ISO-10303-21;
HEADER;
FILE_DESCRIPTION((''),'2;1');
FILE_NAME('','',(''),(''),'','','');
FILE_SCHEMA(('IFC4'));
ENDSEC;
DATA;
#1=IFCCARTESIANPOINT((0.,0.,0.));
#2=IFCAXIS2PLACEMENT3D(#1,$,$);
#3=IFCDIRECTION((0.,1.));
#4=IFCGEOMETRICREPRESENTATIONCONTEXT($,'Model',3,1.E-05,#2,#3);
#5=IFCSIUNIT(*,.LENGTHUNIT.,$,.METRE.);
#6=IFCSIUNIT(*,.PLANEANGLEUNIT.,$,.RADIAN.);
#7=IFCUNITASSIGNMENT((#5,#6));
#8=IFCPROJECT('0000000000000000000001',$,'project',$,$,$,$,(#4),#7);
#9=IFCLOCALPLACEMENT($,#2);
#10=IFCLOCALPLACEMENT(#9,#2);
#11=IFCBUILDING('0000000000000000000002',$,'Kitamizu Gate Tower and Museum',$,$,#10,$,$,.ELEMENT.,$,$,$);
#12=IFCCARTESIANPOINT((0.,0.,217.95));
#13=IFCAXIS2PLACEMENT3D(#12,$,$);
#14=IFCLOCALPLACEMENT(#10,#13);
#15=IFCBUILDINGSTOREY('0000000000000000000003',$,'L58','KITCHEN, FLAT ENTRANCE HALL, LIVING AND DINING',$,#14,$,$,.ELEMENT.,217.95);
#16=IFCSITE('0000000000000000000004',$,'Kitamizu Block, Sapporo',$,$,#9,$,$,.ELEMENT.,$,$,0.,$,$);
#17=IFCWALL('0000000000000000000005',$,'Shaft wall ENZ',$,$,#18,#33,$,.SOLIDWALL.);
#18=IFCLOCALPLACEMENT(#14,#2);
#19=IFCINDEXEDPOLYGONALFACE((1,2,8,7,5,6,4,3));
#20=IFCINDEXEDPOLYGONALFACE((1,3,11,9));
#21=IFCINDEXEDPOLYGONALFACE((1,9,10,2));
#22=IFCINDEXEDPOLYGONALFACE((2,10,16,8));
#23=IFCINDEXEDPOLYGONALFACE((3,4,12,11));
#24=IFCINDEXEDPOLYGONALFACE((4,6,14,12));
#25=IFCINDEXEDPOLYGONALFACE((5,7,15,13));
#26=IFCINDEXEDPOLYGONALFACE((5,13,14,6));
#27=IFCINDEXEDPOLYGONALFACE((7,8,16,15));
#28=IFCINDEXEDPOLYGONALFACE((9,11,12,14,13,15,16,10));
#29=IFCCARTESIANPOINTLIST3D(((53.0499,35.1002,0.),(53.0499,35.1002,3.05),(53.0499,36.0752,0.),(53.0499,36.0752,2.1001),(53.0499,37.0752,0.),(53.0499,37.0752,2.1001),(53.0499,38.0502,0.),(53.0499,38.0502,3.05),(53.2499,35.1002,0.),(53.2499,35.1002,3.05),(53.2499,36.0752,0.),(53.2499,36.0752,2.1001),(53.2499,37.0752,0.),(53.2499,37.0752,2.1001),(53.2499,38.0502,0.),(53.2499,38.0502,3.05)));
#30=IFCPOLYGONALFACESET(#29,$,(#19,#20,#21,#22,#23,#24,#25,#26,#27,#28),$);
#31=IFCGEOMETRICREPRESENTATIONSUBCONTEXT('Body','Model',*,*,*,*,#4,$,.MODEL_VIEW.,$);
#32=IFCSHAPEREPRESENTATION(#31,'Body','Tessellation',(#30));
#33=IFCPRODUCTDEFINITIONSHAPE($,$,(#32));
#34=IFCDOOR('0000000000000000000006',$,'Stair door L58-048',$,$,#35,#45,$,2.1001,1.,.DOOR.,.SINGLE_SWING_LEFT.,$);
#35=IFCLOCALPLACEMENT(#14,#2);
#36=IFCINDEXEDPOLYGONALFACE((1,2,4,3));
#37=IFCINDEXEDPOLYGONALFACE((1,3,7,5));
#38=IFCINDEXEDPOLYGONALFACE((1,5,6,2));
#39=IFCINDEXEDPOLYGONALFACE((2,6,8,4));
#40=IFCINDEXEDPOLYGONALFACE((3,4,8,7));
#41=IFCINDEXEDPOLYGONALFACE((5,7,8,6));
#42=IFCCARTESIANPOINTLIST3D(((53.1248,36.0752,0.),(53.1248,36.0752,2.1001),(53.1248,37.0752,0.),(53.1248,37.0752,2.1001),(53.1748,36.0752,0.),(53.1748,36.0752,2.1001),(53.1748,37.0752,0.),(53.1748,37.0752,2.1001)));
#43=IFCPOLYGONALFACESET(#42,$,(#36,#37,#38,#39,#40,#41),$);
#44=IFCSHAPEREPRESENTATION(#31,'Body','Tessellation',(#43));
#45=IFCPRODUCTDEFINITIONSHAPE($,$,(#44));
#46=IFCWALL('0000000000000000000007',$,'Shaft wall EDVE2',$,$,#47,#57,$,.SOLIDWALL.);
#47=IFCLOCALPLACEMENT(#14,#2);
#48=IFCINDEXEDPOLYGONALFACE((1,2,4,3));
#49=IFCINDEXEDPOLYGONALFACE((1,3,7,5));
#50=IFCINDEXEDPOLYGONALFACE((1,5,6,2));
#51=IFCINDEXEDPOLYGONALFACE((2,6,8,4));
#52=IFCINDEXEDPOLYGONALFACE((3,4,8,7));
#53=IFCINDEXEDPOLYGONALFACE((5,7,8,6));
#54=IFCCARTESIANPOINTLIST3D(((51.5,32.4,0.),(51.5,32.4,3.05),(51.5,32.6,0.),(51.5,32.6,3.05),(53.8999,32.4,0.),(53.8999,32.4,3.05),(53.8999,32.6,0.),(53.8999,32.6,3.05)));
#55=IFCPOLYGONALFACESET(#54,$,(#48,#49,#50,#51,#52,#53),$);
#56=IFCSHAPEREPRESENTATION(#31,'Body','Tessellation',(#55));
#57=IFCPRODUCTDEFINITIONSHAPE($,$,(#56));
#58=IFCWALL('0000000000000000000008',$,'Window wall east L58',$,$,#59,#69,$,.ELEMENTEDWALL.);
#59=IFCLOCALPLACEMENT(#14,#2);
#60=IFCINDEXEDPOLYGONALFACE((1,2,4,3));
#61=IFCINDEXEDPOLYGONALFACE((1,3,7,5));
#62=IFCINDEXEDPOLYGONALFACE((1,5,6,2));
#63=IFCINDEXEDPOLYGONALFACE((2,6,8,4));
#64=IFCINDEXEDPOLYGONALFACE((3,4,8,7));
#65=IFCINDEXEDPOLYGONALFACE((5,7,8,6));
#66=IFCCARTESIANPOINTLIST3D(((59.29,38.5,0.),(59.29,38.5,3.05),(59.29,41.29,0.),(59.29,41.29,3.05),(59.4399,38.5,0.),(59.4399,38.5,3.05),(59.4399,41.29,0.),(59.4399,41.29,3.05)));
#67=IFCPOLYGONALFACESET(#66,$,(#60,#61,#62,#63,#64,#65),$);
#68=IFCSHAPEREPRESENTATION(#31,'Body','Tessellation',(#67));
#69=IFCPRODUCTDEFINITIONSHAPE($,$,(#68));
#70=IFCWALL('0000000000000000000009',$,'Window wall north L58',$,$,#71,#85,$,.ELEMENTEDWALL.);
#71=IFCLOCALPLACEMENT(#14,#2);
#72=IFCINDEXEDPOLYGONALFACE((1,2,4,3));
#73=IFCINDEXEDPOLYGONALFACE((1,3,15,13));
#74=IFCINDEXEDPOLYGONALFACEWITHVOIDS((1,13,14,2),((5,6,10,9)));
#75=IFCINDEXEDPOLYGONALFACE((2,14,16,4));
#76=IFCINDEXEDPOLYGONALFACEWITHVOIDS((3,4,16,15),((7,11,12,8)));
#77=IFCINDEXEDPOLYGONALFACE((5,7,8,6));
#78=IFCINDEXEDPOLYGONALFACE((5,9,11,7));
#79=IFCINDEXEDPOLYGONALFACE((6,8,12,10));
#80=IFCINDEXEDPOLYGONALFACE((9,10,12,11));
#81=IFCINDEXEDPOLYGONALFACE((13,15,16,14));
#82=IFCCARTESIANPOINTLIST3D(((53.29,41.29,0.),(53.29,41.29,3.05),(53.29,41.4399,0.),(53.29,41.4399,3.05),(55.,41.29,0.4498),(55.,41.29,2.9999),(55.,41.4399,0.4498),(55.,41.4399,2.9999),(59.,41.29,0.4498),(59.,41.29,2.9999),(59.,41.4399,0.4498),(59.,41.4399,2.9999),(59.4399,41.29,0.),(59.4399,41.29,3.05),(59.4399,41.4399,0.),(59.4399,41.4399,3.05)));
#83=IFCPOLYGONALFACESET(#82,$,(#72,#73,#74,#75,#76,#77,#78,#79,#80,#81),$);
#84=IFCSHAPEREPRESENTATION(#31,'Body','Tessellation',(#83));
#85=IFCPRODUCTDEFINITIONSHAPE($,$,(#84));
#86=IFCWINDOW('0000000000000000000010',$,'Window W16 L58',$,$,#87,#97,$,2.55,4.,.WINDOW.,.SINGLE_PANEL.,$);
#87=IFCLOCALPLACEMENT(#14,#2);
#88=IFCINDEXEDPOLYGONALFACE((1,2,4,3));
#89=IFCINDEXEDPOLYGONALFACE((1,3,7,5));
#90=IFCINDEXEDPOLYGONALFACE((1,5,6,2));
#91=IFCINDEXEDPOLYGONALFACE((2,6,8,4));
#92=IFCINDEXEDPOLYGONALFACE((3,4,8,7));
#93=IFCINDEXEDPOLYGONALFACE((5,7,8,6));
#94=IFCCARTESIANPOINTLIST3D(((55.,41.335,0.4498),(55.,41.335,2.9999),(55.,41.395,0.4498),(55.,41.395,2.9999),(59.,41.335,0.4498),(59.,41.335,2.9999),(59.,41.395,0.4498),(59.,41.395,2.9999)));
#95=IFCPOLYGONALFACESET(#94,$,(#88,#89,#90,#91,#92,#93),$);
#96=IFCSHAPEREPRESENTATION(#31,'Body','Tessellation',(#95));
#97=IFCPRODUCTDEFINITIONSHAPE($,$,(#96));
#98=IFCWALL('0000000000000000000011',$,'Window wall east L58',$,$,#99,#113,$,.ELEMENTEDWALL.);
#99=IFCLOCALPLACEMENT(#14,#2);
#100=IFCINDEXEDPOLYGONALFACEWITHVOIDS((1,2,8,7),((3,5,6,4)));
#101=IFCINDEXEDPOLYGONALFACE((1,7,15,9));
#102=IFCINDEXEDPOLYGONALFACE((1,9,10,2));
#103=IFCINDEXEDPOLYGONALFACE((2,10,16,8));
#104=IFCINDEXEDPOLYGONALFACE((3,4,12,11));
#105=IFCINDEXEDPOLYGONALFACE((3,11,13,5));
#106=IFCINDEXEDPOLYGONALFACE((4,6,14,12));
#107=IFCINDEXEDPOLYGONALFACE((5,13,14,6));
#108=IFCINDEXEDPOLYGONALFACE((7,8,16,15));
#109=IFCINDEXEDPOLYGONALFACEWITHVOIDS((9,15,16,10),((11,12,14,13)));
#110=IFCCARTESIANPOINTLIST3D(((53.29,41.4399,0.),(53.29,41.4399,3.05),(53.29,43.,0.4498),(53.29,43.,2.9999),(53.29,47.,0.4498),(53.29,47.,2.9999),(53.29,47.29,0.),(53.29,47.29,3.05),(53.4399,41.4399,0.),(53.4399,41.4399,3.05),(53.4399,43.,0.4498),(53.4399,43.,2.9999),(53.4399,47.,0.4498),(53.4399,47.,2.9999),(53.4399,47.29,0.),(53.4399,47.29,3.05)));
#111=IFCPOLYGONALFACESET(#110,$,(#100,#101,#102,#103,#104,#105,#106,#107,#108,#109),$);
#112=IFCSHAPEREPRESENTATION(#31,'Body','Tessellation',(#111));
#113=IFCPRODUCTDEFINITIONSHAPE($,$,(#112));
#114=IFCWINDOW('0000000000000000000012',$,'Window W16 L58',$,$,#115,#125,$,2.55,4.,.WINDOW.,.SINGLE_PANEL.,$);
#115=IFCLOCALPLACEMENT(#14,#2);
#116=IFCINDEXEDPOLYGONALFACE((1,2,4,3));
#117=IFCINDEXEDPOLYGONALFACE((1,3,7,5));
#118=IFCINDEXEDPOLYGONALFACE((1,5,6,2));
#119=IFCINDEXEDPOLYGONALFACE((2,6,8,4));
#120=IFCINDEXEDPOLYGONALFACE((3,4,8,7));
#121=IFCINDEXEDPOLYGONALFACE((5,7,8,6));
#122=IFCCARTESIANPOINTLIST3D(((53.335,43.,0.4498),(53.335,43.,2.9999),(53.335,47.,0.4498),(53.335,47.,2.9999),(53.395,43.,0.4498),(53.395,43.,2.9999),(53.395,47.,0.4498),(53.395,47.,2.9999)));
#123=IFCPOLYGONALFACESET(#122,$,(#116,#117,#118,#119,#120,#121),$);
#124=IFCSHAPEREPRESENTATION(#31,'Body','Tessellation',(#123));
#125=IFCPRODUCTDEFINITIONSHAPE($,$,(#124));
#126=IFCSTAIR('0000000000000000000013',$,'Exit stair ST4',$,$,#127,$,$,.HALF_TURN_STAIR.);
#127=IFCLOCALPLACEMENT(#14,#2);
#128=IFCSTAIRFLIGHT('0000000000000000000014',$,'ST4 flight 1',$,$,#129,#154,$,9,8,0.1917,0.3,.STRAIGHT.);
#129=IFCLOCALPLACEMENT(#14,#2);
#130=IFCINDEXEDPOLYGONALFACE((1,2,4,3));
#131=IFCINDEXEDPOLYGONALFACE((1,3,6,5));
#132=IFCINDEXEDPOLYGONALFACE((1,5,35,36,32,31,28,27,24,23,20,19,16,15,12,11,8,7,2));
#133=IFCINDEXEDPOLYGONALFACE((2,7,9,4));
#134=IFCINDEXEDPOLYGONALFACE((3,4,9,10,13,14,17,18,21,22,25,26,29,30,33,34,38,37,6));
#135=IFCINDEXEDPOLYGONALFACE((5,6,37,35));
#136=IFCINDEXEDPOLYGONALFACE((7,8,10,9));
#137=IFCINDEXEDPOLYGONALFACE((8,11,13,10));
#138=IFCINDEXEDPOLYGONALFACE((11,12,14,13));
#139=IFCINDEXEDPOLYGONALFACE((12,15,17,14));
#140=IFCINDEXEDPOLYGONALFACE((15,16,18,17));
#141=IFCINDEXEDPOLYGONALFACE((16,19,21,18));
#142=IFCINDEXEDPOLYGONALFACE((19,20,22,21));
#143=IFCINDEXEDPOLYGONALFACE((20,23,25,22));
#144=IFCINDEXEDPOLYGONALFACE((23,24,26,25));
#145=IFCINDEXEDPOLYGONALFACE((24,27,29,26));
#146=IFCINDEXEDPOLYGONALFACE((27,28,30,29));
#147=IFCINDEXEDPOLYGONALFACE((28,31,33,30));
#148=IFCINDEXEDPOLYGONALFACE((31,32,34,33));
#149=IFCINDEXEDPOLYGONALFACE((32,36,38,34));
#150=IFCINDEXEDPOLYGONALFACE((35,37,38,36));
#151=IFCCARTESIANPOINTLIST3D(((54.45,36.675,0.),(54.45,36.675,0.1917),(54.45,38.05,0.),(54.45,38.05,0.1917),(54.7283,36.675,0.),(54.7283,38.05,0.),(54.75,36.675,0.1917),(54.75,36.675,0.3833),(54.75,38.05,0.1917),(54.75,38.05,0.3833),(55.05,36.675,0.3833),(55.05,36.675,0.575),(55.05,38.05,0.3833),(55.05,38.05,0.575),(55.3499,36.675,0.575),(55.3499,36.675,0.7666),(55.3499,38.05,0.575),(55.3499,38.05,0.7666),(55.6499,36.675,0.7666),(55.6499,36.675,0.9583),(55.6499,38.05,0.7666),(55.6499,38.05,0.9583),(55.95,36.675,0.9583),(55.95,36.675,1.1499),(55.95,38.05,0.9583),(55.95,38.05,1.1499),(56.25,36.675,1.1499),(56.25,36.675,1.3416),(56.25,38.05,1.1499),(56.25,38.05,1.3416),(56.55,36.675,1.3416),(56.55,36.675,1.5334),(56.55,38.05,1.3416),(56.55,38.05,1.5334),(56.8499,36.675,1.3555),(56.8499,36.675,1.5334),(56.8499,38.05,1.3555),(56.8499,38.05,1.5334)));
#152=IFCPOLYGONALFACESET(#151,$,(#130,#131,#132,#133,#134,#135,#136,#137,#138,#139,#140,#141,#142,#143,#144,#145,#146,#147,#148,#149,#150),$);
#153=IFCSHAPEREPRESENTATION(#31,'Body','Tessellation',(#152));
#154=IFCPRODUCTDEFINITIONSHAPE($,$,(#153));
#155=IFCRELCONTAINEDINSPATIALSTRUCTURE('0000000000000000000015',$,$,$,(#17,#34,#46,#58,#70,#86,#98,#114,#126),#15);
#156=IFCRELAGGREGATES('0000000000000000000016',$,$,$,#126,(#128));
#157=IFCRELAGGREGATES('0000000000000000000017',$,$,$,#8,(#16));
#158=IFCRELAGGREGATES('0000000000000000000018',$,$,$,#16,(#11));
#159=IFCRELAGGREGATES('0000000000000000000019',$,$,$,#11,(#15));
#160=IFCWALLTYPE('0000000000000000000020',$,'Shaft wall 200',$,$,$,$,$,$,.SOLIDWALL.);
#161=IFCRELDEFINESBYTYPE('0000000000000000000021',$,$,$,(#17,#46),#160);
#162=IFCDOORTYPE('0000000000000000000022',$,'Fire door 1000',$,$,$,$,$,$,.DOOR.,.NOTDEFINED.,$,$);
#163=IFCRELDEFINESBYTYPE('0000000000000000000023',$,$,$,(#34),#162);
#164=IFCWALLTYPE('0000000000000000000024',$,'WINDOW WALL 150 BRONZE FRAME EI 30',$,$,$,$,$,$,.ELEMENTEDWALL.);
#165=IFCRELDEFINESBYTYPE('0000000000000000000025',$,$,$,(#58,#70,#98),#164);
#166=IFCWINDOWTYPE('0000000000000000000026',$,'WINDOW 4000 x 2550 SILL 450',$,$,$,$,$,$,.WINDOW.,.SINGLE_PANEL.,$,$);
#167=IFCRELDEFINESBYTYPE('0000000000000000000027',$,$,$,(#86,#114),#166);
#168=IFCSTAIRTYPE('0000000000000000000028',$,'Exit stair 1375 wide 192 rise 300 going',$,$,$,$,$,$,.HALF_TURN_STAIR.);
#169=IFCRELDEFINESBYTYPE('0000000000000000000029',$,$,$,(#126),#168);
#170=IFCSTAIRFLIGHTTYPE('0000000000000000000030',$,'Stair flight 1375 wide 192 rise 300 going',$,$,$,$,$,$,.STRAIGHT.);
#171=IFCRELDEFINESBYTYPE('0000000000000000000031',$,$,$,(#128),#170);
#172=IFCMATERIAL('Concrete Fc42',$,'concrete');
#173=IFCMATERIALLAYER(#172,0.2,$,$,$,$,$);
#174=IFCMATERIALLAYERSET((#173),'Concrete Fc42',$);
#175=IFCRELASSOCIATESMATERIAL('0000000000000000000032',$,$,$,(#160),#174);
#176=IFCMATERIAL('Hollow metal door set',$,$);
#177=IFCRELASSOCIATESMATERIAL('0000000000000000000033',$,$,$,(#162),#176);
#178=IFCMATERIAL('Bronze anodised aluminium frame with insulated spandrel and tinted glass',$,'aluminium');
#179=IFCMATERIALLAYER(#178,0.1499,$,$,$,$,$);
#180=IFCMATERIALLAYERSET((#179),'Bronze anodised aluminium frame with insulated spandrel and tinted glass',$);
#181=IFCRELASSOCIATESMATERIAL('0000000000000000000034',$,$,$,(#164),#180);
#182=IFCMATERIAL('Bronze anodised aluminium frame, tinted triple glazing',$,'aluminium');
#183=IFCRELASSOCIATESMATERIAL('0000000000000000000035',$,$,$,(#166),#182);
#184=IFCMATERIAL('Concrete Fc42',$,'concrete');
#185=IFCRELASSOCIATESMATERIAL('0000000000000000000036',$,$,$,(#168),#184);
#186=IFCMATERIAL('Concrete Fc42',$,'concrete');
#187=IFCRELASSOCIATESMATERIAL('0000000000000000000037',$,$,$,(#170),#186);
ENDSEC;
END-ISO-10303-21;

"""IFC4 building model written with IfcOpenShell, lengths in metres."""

from ifc_helpers import new_model, si_unit, direction, frame, frame_2d, origin, place, context, subcontext, project, spatial, polyline, rectangle, outline, extrude, material, layer, layer_set, type_object, element, fill, aggregate, save


model = new_model("IFC4")

# Units and contexts
model_context = context("Model", 3, precision=1e-05, world=origin(), true_north=direction((0.0, 1.0)))
body_context = subcontext(model_context, "Body", "Model", "MODEL_VIEW")
ifc_project = project(units=[si_unit("LENGTHUNIT", "METRE"), si_unit("PLANEANGLEUNIT", "RADIAN")], contexts=[model_context])

# Site, building, storey
site_placement = place(None, origin())
site = spatial("IfcSite", under=ifc_project, at=site_placement, Name="Kitamizu Block, Sapporo", CompositionType="ELEMENT", RefElevation=0.0)
building_placement = place(site_placement, origin())
building = spatial("IfcBuilding", under=site, at=building_placement, Name="Kitamizu Gate Tower and Museum", CompositionType="ELEMENT")
storey_placement = place(building_placement, frame((0.0, 0.0, 217.95)))
storey = spatial("IfcBuildingStorey", under=building, at=storey_placement, Name="L58", Description="KITCHEN, FLAT ENTRANCE HALL, LIVING AND DINING", CompositionType="ELEMENT", Elevation=217.95)

# Shared definitions
ifc_material_1 = material(Name="Concrete Fc42", Category="concrete")
ifc_layer_1 = layer(ifc_material_1, 0.2)
ifc_layer_set_1 = layer_set([ifc_layer_1], Name="Concrete Fc42")
wall_type_1 = type_object("IfcWallType", Name="Shaft wall 200", PredefinedType="SOLIDWALL", material=ifc_layer_set_1)

# Wall, opening, door
wall_1_placement = place(storey_placement, frame((53.1499, 35.1001, 0.0), z_axis=(0.0, 0.0, 1.0), x_axis=(0.0, 1.0, 0.0)))
wall_1 = element("IfcWall", 1, at=wall_1_placement, inside=storey, type_object=wall_type_1, Name="Shaft wall ENZ", PredefinedType="SOLIDWALL", context=body_context, shape_type="SweptSolid", body=[
    extrude(rectangle(XDim=2.95, YDim=0.2, at=frame_2d((1.4751, 0.0))), origin(), (0.0, 0.0, 1.0), 3.05),
])
opening_1_placement = place(wall_1_placement, frame((0.9751, 0.0, 0.0)))
opening_1 = element("IfcOpeningElement", 2, at=opening_1_placement, cuts=wall_1, PredefinedType="OPENING", context=body_context, shape_type="SweptSolid", body=[
    extrude(rectangle(XDim=1.0, YDim=2.1001, at=frame_2d((0.5, 1.05))), frame((0.0, 0.1099, 0.0), z_axis=(0.0, -1.0, 0.0), x_axis=(1.0, 0.0, 0.0)), (0.0, 0.0, 1.0), 0.22),
])
ifc_material_2 = material(Name="Hollow metal door set")
door_type_1 = type_object("IfcDoorType", Name="Fire door 1000", OperationType="NOTDEFINED", PredefinedType="DOOR", material=ifc_material_2)
door_1_placement = place(opening_1_placement, frame((1.0, 0.0, 0.0), x_axis=(-1.0, 0.0, 0.0)))
door_1 = element("IfcDoor", 3, at=door_1_placement, inside=storey, type_object=door_type_1, Name="Stair door L58-048", OperationType="SINGLE_SWING_LEFT", OverallHeight=2.1001, OverallWidth=1.0, PredefinedType="DOOR", context=body_context, shape_type="SweptSolid", body=[
    extrude(rectangle(XDim=1.0, YDim=2.1001, at=frame_2d((0.5, 1.05))), frame((0.0, 0.0249, 0.0), z_axis=(0.0, -1.0, 0.0), x_axis=(1.0, 0.0, 0.0)), (0.0, 0.0, 1.0), 0.05),
])
fill(opening_1, door_1)

# Walls
wall_2_placement = place(storey_placement, frame((53.8999, 32.5, 0.0), z_axis=(0.0, 0.0, 1.0), x_axis=(-1.0, 0.0, 0.0)))
element("IfcWall", 4, at=wall_2_placement, inside=storey, type_object=wall_type_1, Name="Shaft wall EDVE2", PredefinedType="SOLIDWALL", context=body_context, shape_type="SweptSolid", body=[
    extrude(rectangle(XDim=2.3999, YDim=0.2, at=frame_2d((1.2, 0.0))), origin(), (0.0, 0.0, 1.0), 3.05),
])
ifc_material_3 = material(Name="Bronze anodised aluminium frame with insulated spandrel and tinted glass", Category="aluminium")
ifc_layer_2 = layer(ifc_material_3, 0.1499)
ifc_layer_set_2 = layer_set([ifc_layer_2], Name="Bronze anodised aluminium frame with insulated spandrel and tinted glass")
wall_type_2 = type_object("IfcWallType", Name="WINDOW WALL 150 BRONZE FRAME EI 30", PredefinedType="ELEMENTEDWALL", material=ifc_layer_set_2)
wall_3_placement = place(storey_placement, frame((59.365, 38.5, 0.0), z_axis=(0.0, 0.0, 1.0), x_axis=(0.0, 1.0, 0.0)))
element("IfcWall", 5, at=wall_3_placement, inside=storey, type_object=wall_type_2, Name="Window wall east L58", PredefinedType="ELEMENTEDWALL", context=body_context, shape_type="SweptSolid", body=[
    extrude(rectangle(XDim=2.79, YDim=0.1499, at=frame_2d((1.395, 0.0))), origin(), (0.0, 0.0, 1.0), 3.05),
])

# Walls, openings, windows
wall_4_placement = place(storey_placement, frame((53.29, 41.365, 0.0), z_axis=(0.0, 0.0, 1.0), x_axis=(1.0, 0.0, 0.0)))
wall_4 = element("IfcWall", 6, at=wall_4_placement, inside=storey, type_object=wall_type_2, Name="Window wall north L58", PredefinedType="ELEMENTEDWALL", context=body_context, shape_type="SweptSolid", body=[
    extrude(rectangle(XDim=6.1499, YDim=0.1499, at=frame_2d((3.075, 0.0))), origin(), (0.0, 0.0, 1.0), 3.05),
])
opening_2_placement = place(wall_4_placement, frame((1.71, 0.0, 0.45)))
opening_2 = element("IfcOpeningElement", 7, at=opening_2_placement, cuts=wall_4, PredefinedType="OPENING", context=body_context, shape_type="SweptSolid", body=[
    extrude(rectangle(XDim=4.0, YDim=2.55, at=frame_2d((2.0, 1.2749))), frame((0.0, 0.085, 0.0), z_axis=(0.0, -1.0, 0.0), x_axis=(1.0, 0.0, 0.0)), (0.0, 0.0, 1.0), 0.1699),
])
ifc_material_4 = material(Name="Bronze anodised aluminium frame, tinted triple glazing", Category="aluminium")
window_type = type_object("IfcWindowType", Name="WINDOW 4000 x 2550 SILL 450", PartitioningType="SINGLE_PANEL", PredefinedType="WINDOW", material=ifc_material_4)
window_1_placement = place(opening_2_placement, origin())
window_1 = element("IfcWindow", 8, at=window_1_placement, inside=storey, type_object=window_type, Name="Window W16 L58", OverallHeight=2.55, OverallWidth=4.0, PartitioningType="SINGLE_PANEL", PredefinedType="WINDOW", context=body_context, shape_type="SweptSolid", body=[
    extrude(rectangle(XDim=4.0, YDim=2.55, at=frame_2d((2.0, 1.2749))), frame((0.0, 0.03, 0.0), z_axis=(0.0, -1.0, 0.0), x_axis=(1.0, 0.0, 0.0)), (0.0, 0.0, 1.0), 0.0601),
])
fill(opening_2, window_1)
wall_5_placement = place(storey_placement, frame((53.365, 41.4399, 0.0), z_axis=(0.0, 0.0, 1.0), x_axis=(0.0, 1.0, 0.0)))
wall_5 = element("IfcWall", 9, at=wall_5_placement, inside=storey, type_object=wall_type_2, Name="Window wall east L58", PredefinedType="ELEMENTEDWALL", context=body_context, shape_type="SweptSolid", body=[
    extrude(rectangle(XDim=5.8501, YDim=0.1499, at=frame_2d((2.925, 0.0))), origin(), (0.0, 0.0, 1.0), 3.05),
])
opening_3_placement = place(wall_5_placement, frame((1.5601, 0.0, 0.45)))
opening_3 = element("IfcOpeningElement", 10, at=opening_3_placement, cuts=wall_5, PredefinedType="OPENING", context=body_context, shape_type="SweptSolid", body=[
    extrude(rectangle(XDim=4.0, YDim=2.55, at=frame_2d((2.0, 1.2749))), frame((0.0, 0.085, 0.0), z_axis=(0.0, -1.0, 0.0), x_axis=(1.0, 0.0, 0.0)), (0.0, 0.0, 1.0), 0.1699),
])
window_2_placement = place(opening_3_placement, origin())
window_2 = element("IfcWindow", 11, at=window_2_placement, inside=storey, type_object=window_type, Name="Window W16 L58", OverallHeight=2.55, OverallWidth=4.0, PartitioningType="SINGLE_PANEL", PredefinedType="WINDOW", context=body_context, shape_type="SweptSolid", body=[
    extrude(rectangle(XDim=4.0, YDim=2.55, at=frame_2d((2.0, 1.2749))), frame((0.0, 0.03, 0.0), z_axis=(0.0, -1.0, 0.0), x_axis=(1.0, 0.0, 0.0)), (0.0, 0.0, 1.0), 0.0601),
])
fill(opening_3, window_2)

# Stair, stair flight
ifc_material_5 = material(Name="Concrete Fc42", Category="concrete")
stair_type = type_object("IfcStairType", Name="Exit stair 1375 wide 192 rise 300 going", PredefinedType="HALF_TURN_STAIR", material=ifc_material_5)
stair_placement = place(storey_placement, origin())
stair = element("IfcStair", 12, at=stair_placement, inside=storey, type_object=stair_type, Name="Exit stair ST4", PredefinedType="HALF_TURN_STAIR")
ifc_material_6 = material(Name="Concrete Fc42", Category="concrete")
stair_flight_type = type_object("IfcStairFlightType", Name="Stair flight 1375 wide 192 rise 300 going", PredefinedType="STRAIGHT", material=ifc_material_6)
stair_flight_1_placement = place(storey_placement, frame((54.45, 37.3625, 0.0), z_axis=(0.0, 0.0, 1.0), x_axis=(1.0, 0.0, 0.0)))
stair_flight_1 = element("IfcStairFlight", 13, at=stair_flight_1_placement, type_object=stair_flight_type, Name="ST4 flight 1", NumberOfRisers=9, NumberOfTreads=8, PredefinedType="STRAIGHT", RiserHeight=0.1917, TreadLength=0.3, context=body_context, shape_type="SweptSolid", body=[
    extrude(outline(polyline([(0.0, 0.0), (0.0, 0.1917), (0.3, 0.1917), (0.3, 0.3833), (0.6001, 0.3833), (0.6001, 0.575), (0.8999, 0.575), (0.8999, 0.7666), (1.2, 0.7666), (1.2, 0.9583), (1.5, 0.9583), (1.5, 1.1499), (1.8, 1.1499), (1.8, 1.3416), (2.1001, 1.3416), (2.1001, 1.5334), (2.3999, 1.5334), (2.3999, 1.7251), (2.3999, 1.3555), (0.2783, 0.0), (0.0, 0.0)])), frame((0.0, 0.6875, 0.0), z_axis=(0.0, -1.0, 0.0), x_axis=(1.0, 0.0, 0.0)), (0.0, 0.0, 1.0), 1.375),
])
aggregate(stair, [stair_flight_1])

save(model, "model.ifc")
